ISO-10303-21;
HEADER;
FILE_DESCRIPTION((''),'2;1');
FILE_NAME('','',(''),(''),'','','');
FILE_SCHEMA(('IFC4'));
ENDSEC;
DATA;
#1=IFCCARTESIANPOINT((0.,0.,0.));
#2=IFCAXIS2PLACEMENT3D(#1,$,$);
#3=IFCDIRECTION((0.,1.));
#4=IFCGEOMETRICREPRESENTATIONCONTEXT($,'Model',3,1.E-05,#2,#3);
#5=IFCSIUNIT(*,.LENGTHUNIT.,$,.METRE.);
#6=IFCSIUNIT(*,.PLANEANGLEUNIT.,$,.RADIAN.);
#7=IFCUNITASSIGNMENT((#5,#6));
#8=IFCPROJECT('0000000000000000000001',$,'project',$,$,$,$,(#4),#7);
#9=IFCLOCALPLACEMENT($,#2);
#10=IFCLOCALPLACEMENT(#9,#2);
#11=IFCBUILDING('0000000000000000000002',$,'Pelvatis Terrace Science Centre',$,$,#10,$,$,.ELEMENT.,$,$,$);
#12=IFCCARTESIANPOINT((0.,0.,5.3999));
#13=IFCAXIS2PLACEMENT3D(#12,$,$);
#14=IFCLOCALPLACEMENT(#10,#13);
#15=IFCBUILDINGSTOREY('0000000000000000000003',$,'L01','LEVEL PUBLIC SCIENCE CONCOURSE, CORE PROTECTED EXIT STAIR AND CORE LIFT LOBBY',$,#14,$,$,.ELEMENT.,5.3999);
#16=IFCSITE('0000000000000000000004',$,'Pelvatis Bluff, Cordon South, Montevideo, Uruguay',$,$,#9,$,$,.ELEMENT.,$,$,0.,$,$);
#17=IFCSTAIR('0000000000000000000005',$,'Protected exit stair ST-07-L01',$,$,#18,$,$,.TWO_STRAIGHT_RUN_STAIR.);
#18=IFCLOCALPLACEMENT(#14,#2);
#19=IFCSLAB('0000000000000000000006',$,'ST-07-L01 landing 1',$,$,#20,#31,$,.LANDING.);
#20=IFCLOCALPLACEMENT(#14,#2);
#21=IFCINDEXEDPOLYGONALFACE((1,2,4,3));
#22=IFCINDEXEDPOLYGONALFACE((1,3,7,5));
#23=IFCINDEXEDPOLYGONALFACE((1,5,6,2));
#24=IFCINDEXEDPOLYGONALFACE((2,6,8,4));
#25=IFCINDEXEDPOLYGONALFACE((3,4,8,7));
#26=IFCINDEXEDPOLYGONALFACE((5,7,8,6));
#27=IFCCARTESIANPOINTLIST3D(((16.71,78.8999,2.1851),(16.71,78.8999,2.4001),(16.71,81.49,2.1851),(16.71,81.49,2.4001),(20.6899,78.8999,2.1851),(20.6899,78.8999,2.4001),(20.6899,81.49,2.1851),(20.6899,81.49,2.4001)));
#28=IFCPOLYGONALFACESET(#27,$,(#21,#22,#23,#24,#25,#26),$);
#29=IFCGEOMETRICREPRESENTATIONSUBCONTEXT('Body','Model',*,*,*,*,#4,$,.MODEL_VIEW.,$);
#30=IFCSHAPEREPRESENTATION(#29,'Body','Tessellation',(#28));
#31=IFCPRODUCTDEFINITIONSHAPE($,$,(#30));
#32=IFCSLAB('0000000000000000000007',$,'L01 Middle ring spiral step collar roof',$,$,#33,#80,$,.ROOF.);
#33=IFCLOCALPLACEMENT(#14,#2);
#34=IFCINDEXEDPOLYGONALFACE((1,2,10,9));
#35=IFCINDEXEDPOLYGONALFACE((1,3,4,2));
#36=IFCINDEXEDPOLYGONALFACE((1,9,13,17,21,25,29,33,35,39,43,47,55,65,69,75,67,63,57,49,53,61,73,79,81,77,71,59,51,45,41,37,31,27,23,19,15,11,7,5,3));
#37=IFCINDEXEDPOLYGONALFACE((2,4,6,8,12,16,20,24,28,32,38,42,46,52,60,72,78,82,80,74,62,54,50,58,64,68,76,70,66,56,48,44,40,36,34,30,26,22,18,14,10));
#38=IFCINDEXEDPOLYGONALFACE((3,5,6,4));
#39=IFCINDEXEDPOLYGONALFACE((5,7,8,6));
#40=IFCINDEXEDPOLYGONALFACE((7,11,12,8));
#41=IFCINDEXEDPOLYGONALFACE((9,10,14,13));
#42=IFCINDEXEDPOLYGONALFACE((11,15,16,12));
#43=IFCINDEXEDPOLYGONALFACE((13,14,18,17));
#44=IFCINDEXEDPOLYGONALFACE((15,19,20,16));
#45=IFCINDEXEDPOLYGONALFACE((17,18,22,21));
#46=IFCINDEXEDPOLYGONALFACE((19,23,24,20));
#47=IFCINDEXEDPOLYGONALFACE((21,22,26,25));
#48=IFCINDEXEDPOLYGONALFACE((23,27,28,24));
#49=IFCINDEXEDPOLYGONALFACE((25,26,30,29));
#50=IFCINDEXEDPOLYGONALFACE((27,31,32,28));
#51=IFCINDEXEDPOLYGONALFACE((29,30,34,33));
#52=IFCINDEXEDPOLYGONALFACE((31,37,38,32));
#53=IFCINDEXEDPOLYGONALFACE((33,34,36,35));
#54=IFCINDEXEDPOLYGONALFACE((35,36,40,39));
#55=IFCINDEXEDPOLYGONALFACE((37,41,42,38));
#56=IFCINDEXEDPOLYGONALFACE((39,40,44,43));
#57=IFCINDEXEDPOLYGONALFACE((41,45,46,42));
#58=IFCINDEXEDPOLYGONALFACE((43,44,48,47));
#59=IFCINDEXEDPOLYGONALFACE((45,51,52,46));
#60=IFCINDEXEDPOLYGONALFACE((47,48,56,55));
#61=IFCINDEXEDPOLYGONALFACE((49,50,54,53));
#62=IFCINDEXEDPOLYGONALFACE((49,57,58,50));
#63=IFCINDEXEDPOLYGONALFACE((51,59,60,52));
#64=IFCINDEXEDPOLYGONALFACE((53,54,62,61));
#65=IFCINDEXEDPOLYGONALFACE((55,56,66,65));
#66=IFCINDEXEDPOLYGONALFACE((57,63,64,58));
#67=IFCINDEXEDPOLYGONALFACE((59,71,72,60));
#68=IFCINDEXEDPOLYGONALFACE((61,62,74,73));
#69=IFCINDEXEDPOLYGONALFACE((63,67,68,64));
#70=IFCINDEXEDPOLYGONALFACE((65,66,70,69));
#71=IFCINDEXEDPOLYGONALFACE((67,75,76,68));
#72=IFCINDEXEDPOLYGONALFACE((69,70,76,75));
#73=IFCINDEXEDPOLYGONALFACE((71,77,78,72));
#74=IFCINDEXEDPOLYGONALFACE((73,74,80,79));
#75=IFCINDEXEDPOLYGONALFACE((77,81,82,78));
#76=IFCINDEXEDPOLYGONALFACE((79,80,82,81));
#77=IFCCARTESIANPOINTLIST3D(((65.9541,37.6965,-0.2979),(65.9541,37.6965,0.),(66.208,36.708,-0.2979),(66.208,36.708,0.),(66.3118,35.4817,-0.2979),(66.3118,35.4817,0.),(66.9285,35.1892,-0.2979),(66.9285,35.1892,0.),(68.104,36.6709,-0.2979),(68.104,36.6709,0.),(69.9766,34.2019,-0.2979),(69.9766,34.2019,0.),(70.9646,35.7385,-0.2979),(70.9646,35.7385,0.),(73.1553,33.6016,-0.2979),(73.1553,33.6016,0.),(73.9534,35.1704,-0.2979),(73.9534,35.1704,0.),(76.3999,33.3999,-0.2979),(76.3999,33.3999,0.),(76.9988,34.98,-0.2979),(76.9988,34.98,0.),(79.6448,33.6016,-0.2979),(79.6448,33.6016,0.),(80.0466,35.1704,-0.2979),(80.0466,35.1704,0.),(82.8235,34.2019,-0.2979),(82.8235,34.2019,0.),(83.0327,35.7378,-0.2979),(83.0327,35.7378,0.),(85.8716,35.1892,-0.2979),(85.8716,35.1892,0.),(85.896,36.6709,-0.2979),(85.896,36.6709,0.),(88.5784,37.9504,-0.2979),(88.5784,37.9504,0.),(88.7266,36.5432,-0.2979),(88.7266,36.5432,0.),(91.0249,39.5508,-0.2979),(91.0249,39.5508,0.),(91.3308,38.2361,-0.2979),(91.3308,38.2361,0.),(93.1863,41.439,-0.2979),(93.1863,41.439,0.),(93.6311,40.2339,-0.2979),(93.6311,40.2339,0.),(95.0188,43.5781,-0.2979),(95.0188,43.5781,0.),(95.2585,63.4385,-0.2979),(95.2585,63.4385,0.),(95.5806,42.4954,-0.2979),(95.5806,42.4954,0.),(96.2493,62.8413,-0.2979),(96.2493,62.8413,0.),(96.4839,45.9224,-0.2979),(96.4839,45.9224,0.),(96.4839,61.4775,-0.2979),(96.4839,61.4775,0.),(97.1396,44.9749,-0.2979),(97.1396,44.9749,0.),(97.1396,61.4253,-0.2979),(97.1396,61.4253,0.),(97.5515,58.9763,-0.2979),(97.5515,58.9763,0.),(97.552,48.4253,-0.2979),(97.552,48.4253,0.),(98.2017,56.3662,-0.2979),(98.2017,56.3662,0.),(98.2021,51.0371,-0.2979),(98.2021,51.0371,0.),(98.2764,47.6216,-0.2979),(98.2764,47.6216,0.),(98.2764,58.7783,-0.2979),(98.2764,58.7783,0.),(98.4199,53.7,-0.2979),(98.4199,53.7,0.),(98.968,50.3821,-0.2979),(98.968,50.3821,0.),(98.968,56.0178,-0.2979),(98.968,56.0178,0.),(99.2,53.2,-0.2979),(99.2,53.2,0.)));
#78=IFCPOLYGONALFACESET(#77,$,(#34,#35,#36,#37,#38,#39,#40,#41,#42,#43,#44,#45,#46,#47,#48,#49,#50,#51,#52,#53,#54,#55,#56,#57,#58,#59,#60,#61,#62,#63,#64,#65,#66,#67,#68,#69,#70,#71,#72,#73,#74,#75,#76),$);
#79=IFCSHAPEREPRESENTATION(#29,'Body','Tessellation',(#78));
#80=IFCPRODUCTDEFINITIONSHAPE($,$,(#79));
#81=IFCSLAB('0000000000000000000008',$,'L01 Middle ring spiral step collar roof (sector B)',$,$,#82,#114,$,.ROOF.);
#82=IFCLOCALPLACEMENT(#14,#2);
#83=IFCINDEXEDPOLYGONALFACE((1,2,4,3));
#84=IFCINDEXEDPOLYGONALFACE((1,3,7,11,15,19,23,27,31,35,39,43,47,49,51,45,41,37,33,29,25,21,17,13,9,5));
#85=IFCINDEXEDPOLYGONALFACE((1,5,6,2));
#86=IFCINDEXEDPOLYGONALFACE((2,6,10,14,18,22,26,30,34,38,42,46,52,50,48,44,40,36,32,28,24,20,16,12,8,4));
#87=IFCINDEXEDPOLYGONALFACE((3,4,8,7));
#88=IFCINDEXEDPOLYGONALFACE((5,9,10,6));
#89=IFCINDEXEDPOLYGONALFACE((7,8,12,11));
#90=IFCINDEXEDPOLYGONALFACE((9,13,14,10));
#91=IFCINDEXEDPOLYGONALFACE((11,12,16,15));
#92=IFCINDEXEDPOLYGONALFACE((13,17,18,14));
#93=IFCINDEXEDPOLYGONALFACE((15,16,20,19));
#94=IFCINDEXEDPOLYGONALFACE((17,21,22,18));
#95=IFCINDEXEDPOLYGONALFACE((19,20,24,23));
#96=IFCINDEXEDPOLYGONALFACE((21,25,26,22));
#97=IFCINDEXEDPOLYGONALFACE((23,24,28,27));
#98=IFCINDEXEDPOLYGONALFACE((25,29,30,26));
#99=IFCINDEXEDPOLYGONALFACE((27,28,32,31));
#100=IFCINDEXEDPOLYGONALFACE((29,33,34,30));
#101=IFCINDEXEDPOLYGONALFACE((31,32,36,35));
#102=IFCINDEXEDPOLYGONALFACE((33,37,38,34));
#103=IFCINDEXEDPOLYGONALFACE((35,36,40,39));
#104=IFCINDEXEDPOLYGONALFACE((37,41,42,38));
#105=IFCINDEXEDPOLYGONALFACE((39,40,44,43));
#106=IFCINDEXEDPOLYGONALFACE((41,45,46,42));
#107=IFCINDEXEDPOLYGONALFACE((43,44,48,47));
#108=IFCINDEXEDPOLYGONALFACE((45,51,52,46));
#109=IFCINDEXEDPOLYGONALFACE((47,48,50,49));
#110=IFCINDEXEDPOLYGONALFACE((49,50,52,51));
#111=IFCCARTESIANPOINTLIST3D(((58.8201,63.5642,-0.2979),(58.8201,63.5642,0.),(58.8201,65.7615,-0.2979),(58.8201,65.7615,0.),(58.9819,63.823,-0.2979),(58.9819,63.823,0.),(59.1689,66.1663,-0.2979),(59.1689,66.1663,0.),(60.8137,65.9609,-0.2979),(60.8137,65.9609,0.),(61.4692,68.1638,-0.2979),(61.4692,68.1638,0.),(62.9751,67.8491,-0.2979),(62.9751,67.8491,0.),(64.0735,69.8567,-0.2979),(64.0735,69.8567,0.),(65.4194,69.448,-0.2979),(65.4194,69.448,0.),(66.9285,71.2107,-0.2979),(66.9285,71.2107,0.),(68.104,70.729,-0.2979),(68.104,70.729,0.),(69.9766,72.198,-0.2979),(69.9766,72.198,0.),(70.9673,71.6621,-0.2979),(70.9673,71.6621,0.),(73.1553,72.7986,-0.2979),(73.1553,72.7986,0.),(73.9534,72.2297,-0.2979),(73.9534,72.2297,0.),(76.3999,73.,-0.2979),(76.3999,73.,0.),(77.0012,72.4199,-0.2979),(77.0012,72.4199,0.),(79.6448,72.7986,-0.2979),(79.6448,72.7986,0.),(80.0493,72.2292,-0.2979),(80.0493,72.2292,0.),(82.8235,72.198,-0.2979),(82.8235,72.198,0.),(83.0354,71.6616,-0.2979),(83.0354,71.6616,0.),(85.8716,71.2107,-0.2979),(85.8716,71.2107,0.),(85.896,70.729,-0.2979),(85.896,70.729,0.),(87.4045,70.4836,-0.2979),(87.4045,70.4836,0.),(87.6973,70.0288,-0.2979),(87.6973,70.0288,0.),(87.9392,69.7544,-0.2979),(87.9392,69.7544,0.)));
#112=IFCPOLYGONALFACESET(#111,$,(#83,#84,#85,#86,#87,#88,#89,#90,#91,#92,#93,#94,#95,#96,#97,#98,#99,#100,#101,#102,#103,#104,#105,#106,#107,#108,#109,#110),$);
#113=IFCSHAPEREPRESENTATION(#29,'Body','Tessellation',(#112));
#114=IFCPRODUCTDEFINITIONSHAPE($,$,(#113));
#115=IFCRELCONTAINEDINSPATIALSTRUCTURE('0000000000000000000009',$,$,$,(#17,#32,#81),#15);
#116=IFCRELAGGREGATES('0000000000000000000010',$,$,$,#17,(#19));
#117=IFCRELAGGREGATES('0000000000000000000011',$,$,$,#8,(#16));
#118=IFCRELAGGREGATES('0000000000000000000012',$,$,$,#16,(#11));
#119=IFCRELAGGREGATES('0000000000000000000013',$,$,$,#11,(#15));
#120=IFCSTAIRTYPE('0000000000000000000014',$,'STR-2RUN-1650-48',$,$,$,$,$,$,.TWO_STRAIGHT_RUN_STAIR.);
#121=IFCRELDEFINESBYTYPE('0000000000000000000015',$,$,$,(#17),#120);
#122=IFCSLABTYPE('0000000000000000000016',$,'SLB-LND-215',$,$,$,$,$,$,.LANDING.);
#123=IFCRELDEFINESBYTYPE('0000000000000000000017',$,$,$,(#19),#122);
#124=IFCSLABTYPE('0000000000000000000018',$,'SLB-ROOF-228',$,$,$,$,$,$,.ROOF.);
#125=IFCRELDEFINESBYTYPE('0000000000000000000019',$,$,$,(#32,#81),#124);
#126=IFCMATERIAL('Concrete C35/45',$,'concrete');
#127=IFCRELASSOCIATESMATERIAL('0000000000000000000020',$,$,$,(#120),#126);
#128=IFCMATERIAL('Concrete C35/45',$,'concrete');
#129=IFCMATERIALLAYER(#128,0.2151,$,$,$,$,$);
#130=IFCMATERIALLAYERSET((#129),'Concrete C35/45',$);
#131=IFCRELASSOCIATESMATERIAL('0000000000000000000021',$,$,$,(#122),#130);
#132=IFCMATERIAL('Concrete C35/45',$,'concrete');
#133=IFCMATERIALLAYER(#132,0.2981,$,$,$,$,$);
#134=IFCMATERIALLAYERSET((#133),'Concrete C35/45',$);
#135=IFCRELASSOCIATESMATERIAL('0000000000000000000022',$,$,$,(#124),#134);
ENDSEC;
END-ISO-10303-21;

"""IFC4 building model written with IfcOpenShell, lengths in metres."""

from ifc_helpers import new_model, si_unit, direction, frame, origin, place, context, subcontext, project, spatial, polyline, outline, extrude, material, layer, layer_set, type_object, element, aggregate, save


model = new_model("IFC4")

# Units and contexts
model_context = context("Model", 3, precision=1e-05, world=origin(), true_north=direction((0.0, 1.0)))
body_context = subcontext(model_context, "Body", "Model", "MODEL_VIEW")
ifc_project = project(units=[si_unit("LENGTHUNIT", "METRE"), si_unit("PLANEANGLEUNIT", "RADIAN")], contexts=[model_context])

# Site, building, storey
site_placement = place(None, origin())
site = spatial("IfcSite", under=ifc_project, at=site_placement, Name="Pelvatis Bluff, Cordon South, Montevideo, Uruguay", CompositionType="ELEMENT", RefElevation=0.0)
building_placement = place(site_placement, origin())
building = spatial("IfcBuilding", under=site, at=building_placement, Name="Pelvatis Terrace Science Centre", CompositionType="ELEMENT")
storey_placement = place(building_placement, frame((0.0, 0.0, 5.3999)))
storey = spatial("IfcBuildingStorey", under=building, at=storey_placement, Name="L01", Description="LEVEL PUBLIC SCIENCE CONCOURSE, CORE PROTECTED EXIT STAIR AND CORE LIFT LOBBY", CompositionType="ELEMENT", Elevation=5.3999)

# Stair, slab
ifc_material_1 = material(Name="Concrete C35/45", Category="concrete")
stair_type_1 = type_object("IfcStairType", Name="STR-2RUN-1650-48", PredefinedType="TWO_STRAIGHT_RUN_STAIR", material=ifc_material_1)
ifc_material_2 = material(Name="Concrete C35/45", Category="concrete")
ifc_layer_1 = layer(ifc_material_2, 0.2151)
ifc_layer_set_1 = layer_set([ifc_layer_1], Name="Concrete C35/45")
slab_type_1 = type_object("IfcSlabType", Name="SLB-LND-215", PredefinedType="LANDING", material=ifc_layer_set_1)
stair_1_placement = place(storey_placement, origin())
stair_1 = element("IfcStair", 1, at=stair_1_placement, inside=storey, type_object=stair_type_1, Name="Protected exit stair ST-07-L01", PredefinedType="TWO_STRAIGHT_RUN_STAIR")
slab_1_placement = place(storey_placement, frame((0.0, 0.0, 2.1851)))
slab_1 = element("IfcSlab", 2, at=slab_1_placement, type_object=slab_type_1, Name="ST-07-L01 landing 1", PredefinedType="LANDING", context=body_context, shape_type="SweptSolid", body=[
    extrude(outline(polyline([(16.71, 78.8999), (20.6899, 78.8999), (20.6899, 81.49), (16.71, 81.49), (16.71, 78.8999)])), origin(), (0.0, 0.0, 1.0), 0.2151),
])
aggregate(stair_1, [slab_1])

# Slabs
ifc_material_3 = material(Name="Concrete C35/45", Category="concrete")
ifc_layer_2 = layer(ifc_material_3, 0.2981)
ifc_layer_set_2 = layer_set([ifc_layer_2], Name="Concrete C35/45")
slab_type_2 = type_object("IfcSlabType", Name="SLB-ROOF-228", PredefinedType="ROOF", material=ifc_layer_set_2)
slab_2_placement = place(storey_placement, frame((0.0, 0.0, -0.2979)))
element("IfcSlab", 3, at=slab_2_placement, inside=storey, type_object=slab_type_2, Name="L01 Middle ring spiral step collar roof", PredefinedType="ROOF", context=body_context, shape_type="SweptSolid", body=[
    extrude(outline(polyline([(98.968, 50.3821), (98.2764, 47.6216), (97.1396, 44.9749), (95.5806, 42.4954), (93.6311, 40.2339), (91.3308, 38.2361), (88.7266, 36.5432), (85.8716, 35.1892), (82.8235, 34.2019), (79.6448, 33.6016), (76.3999, 33.3999), (73.1553, 33.6016), (69.9766, 34.2019), (66.9285, 35.1892), (66.3118, 35.4817), (66.208, 36.708), (65.9541, 37.6965), (68.104, 36.6709), (70.9646, 35.7385), (73.9534, 35.1704), (76.9988, 34.98), (80.0466, 35.1704), (83.0327, 35.7378), (85.896, 36.6709), (88.5784, 37.9504), (91.0249, 39.5508), (93.1863, 41.439), (95.0188, 43.5781), (96.4839, 45.9224), (97.552, 48.4253), (98.2021, 51.0371), (98.4199, 53.7), (98.2017, 56.3662), (97.5515, 58.9763), (96.4839, 61.4775), (95.2585, 63.4385), (96.2493, 62.8413), (97.1396, 61.4253), (98.2764, 58.7783), (98.968, 56.0178), (99.2, 53.2), (98.968, 50.3821)])), origin(), (0.0, 0.0, 1.0), 0.2979),
])
slab_3_placement = place(storey_placement, frame((0.0, 0.0, -0.2979)))
element("IfcSlab", 4, at=slab_3_placement, inside=storey, type_object=slab_type_2, Name="L01 Middle ring spiral step collar roof (sector B)", PredefinedType="ROOF", context=body_context, shape_type="SweptSolid", body=[
    extrude(outline(polyline([(59.1689, 66.1663), (61.4692, 68.1638), (64.0735, 69.8567), (66.9285, 71.2107), (69.9766, 72.198), (73.1553, 72.7986), (76.3999, 73.0), (79.6448, 72.7986), (82.8235, 72.198), (85.8716, 71.2107), (87.4045, 70.4836), (87.6973, 70.0288), (87.9392, 69.7544), (85.896, 70.729), (83.0354, 71.6616), (80.0493, 72.2292), (77.0012, 72.4199), (73.9534, 72.2297), (70.9673, 71.6621), (68.104, 70.729), (65.4194, 69.448), (62.9751, 67.8491), (60.8137, 65.9609), (58.9819, 63.823), (58.8201, 63.5642), (58.8201, 65.7615), (59.1689, 66.1663)])), origin(), (0.0, 0.0, 1.0), 0.2979),
])

save(model, "model.ifc")
